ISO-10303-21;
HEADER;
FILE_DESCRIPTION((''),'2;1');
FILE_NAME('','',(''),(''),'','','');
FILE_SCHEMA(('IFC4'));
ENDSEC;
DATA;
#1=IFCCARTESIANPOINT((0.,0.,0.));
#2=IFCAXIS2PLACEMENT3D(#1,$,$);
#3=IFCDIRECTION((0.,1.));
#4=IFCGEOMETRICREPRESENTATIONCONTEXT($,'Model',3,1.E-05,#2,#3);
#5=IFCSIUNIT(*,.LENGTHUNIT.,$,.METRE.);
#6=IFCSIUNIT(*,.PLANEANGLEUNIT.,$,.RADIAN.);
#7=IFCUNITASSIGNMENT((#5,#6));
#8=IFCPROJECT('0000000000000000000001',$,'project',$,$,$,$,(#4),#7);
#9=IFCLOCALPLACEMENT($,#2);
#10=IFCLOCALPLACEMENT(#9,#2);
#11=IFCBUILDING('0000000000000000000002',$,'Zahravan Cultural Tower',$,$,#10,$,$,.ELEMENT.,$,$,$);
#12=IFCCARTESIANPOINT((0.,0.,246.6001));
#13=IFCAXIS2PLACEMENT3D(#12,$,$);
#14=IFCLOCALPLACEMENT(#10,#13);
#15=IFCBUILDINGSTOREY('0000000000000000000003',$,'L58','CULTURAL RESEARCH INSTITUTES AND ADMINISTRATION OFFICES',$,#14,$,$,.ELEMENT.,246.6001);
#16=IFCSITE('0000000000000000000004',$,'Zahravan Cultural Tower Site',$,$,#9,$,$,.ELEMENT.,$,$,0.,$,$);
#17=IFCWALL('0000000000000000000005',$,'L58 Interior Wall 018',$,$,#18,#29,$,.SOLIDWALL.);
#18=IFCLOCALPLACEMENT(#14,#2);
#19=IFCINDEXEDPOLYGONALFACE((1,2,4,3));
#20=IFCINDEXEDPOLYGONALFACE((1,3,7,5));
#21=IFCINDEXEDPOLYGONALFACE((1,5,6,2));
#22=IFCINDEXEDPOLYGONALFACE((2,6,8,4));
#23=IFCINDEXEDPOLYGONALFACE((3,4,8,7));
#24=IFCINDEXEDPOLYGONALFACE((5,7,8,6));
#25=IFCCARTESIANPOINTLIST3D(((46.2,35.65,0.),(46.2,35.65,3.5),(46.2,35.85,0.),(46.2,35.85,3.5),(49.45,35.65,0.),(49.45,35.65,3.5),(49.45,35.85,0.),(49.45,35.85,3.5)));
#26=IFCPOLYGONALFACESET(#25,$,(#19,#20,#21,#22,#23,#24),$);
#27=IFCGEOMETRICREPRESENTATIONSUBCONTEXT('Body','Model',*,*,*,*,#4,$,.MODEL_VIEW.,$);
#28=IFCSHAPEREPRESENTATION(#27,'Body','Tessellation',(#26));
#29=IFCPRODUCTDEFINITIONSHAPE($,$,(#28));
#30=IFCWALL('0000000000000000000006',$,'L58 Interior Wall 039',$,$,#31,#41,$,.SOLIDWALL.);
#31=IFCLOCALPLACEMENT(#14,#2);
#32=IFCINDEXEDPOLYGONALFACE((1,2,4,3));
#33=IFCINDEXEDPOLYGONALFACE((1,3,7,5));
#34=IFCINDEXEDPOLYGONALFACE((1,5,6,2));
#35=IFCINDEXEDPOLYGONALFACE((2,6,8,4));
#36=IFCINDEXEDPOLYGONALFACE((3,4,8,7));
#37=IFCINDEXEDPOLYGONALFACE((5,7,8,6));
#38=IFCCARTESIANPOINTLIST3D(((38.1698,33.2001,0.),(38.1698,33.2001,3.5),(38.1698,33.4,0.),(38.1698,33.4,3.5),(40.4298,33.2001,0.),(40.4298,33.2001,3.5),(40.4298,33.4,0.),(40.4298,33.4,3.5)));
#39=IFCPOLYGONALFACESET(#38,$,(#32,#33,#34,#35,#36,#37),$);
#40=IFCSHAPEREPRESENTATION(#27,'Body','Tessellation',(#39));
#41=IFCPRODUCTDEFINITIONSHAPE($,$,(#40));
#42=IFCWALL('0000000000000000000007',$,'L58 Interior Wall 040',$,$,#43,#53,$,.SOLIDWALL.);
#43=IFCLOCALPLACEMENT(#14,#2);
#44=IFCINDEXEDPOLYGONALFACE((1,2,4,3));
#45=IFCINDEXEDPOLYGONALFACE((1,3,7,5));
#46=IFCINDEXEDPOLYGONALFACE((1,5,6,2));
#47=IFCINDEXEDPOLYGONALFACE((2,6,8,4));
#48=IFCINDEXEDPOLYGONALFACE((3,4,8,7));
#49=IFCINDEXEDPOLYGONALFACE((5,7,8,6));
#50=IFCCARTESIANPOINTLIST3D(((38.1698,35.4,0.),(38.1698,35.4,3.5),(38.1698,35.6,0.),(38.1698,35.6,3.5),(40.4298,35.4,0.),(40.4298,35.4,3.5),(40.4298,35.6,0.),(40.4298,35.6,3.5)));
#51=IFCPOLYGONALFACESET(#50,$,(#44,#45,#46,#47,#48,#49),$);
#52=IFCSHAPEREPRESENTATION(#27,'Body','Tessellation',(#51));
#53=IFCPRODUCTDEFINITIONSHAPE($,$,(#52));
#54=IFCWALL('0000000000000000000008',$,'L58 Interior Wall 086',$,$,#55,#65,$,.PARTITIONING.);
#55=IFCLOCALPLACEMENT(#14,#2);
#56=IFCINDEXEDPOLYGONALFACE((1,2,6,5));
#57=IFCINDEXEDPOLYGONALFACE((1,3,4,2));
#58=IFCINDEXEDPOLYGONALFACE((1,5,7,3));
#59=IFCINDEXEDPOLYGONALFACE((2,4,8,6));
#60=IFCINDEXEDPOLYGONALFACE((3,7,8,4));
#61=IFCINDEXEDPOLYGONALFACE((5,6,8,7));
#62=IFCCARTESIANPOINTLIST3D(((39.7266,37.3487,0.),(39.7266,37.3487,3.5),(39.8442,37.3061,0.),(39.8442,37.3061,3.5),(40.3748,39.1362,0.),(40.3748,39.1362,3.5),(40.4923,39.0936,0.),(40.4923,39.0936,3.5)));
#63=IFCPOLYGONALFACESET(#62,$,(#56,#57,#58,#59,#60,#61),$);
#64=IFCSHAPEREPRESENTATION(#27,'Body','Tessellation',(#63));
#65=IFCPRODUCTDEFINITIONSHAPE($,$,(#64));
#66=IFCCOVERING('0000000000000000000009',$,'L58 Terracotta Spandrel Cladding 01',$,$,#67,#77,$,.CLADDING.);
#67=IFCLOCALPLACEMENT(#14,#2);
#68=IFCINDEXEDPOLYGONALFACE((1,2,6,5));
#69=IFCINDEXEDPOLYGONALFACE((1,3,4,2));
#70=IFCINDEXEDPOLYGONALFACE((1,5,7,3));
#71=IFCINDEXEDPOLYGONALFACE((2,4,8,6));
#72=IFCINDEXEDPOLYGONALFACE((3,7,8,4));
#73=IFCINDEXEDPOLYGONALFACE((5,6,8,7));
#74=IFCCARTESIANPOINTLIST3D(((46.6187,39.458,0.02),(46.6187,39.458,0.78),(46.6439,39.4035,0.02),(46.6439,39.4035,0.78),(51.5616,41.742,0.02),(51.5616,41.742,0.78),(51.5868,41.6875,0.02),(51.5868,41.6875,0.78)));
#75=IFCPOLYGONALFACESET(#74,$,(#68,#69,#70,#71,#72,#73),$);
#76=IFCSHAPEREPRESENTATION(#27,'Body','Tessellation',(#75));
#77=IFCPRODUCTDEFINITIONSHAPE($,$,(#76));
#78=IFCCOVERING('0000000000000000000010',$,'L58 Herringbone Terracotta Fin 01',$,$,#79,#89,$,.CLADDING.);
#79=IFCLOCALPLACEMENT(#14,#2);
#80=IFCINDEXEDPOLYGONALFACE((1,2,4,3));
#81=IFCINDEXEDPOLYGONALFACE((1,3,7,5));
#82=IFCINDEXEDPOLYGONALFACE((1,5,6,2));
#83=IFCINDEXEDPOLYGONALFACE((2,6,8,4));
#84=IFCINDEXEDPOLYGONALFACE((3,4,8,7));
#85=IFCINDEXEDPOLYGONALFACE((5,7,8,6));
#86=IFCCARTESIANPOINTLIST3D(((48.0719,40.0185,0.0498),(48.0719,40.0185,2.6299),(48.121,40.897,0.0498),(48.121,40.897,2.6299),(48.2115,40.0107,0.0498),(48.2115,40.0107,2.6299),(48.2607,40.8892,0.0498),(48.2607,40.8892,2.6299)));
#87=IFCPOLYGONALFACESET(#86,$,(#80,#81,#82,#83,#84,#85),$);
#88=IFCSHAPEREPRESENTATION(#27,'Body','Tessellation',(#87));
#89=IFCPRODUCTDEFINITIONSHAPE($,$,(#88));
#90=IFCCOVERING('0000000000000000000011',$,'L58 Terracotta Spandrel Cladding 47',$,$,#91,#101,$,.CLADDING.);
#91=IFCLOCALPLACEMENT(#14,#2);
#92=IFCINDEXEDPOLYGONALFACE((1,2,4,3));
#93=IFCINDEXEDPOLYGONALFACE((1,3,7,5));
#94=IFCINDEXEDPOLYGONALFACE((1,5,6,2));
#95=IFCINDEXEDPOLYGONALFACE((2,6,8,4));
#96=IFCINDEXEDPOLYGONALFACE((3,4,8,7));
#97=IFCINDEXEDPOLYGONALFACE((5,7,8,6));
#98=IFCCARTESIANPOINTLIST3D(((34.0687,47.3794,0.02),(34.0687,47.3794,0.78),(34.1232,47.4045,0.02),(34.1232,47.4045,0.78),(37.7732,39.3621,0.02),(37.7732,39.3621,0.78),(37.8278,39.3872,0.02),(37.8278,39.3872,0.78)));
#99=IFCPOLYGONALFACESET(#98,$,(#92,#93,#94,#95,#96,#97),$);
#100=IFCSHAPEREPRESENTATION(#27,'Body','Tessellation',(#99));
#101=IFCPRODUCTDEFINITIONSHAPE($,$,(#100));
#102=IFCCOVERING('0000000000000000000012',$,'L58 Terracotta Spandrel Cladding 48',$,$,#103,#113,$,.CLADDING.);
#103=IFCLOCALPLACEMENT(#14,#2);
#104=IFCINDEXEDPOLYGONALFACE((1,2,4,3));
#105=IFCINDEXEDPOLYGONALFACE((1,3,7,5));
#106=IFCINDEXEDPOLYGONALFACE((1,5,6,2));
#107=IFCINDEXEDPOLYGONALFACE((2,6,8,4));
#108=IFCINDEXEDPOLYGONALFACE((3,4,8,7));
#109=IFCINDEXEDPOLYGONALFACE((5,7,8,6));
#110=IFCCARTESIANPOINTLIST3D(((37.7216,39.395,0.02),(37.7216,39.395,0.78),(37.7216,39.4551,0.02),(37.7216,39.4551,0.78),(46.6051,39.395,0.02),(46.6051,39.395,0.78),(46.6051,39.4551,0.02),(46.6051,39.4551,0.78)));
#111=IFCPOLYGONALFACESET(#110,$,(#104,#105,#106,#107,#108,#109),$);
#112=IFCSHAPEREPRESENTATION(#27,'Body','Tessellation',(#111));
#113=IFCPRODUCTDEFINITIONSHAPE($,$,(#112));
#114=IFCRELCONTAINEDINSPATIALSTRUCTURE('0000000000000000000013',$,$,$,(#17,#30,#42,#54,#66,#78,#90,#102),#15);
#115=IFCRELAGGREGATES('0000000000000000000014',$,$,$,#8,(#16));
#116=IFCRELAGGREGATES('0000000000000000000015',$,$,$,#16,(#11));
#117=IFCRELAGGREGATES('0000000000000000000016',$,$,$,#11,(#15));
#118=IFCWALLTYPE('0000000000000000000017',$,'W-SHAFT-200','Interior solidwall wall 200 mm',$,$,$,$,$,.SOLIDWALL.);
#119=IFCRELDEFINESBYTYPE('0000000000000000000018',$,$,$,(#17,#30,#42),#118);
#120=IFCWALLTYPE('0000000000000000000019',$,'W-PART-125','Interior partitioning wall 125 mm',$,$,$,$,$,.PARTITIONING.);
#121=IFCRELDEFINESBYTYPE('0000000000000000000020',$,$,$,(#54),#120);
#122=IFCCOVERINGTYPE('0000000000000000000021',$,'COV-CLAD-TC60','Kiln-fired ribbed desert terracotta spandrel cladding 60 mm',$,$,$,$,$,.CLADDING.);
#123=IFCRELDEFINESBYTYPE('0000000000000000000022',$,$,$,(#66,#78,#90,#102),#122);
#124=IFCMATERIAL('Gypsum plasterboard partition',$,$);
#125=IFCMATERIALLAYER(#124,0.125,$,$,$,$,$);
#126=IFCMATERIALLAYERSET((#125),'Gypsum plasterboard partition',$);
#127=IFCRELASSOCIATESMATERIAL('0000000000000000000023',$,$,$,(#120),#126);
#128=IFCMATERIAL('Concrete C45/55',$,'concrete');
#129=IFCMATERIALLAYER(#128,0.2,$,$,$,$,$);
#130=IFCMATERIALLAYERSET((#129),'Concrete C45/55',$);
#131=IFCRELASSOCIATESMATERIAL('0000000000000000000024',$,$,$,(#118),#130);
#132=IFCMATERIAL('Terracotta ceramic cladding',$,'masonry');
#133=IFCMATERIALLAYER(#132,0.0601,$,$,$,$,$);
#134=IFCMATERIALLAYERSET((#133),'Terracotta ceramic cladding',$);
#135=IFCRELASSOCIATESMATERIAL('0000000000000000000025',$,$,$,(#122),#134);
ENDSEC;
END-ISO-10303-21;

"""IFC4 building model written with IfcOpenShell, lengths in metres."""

from ifc_helpers import new_model, si_unit, direction, frame, frame_2d, origin, origin_2d, place, context, subcontext, project, spatial, rectangle, extrude, source, transform, mapped, material, layer, layer_set, type_object, element, save


model = new_model("IFC4")

# Units and contexts
model_context = context("Model", 3, precision=1e-05, world=origin(), true_north=direction((0.0, 1.0)))
body_context = subcontext(model_context, "Body", "Model", "MODEL_VIEW")
ifc_project = project(units=[si_unit("LENGTHUNIT", "METRE"), si_unit("PLANEANGLEUNIT", "RADIAN")], contexts=[model_context])

# Site, building, storey
site_placement = place(None, origin())
site = spatial("IfcSite", under=ifc_project, at=site_placement, Name="Zahravan Cultural Tower Site", CompositionType="ELEMENT", RefElevation=0.0)
building_placement = place(site_placement, origin())
building = spatial("IfcBuilding", under=site, at=building_placement, Name="Zahravan Cultural Tower", CompositionType="ELEMENT")
storey_placement = place(building_placement, frame((0.0, 0.0, 246.6001)))
storey = spatial("IfcBuildingStorey", under=building, at=storey_placement, Name="L58", Description="CULTURAL RESEARCH INSTITUTES AND ADMINISTRATION OFFICES", CompositionType="ELEMENT", Elevation=246.6001)

# Shared definitions
ifc_material_1 = material(Name="Concrete C45/55", Category="concrete")

# Shared definitions
ifc_material_2 = material(Name="Gypsum plasterboard partition")
ifc_layer_1 = layer(ifc_material_2, 0.125)
ifc_layer_set_1 = layer_set([ifc_layer_1], Name="Gypsum plasterboard partition")
wall_type_1 = type_object("IfcWallType", Name="W-PART-125", Description="Interior partitioning wall 125 mm", PredefinedType="PARTITIONING", material=ifc_layer_set_1)
ifc_layer_2 = layer(ifc_material_1, 0.2)
ifc_layer_set_2 = layer_set([ifc_layer_2], Name="Concrete C45/55")
wall_type_2 = type_object("IfcWallType", Name="W-SHAFT-200", Description="Interior solidwall wall 200 mm", PredefinedType="SOLIDWALL", material=ifc_layer_set_2)

# Walls
shared_shape_1 = source(origin(), body_context, "Body", "SweptSolid", [
    extrude(rectangle(XDim=3.25, YDim=0.2, at=frame_2d((1.625, 0.0))), origin(), (0.0, 0.0, 1.0), 3.5),
])
wall_1_placement = place(storey_placement, frame((46.2, 35.75, 0.0), z_axis=(0.0, 0.0, 1.0), x_axis=(1.0, 0.0, 0.0)))
element("IfcWall", 1, at=wall_1_placement, inside=storey, type_object=wall_type_2, Name="L58 Interior Wall 018", PredefinedType="SOLIDWALL", context=body_context, shape_type="MappedRepresentation", body=[
    mapped(shared_shape_1, transform((0.0, 0.0, 0.0), x_axis=(1.0, 0.0, 0.0), y_axis=(0.0, 1.0, 0.0), z_axis=(0.0, 0.0, 1.0), scale=1.0)),
])
shared_shape_2 = source(origin(), body_context, "Body", "SweptSolid", [
    extrude(rectangle(XDim=2.26, YDim=0.2, at=frame_2d((1.1299, 0.0))), origin(), (0.0, 0.0, 1.0), 3.5),
])
for number, where, z_axis, x_axis, name in (
    (2, (38.1699, 33.3, 0.0), (0.0, 0.0, 1.0), (1.0, 0.0, 0.0), "L58 Interior Wall 039"),
    (3, (38.1699, 35.5, 0.0), (0.0, 0.0, 1.0), (1.0, 0.0, 0.0), "L58 Interior Wall 040"),
):
    element("IfcWall", number, at=place(storey_placement, frame(where, z_axis=z_axis, x_axis=x_axis)), inside=storey, type_object=wall_type_2, Name=name, PredefinedType="SOLIDWALL", context=body_context, shape_type="MappedRepresentation", body=[
        mapped(shared_shape_2, transform((0.0, 0.0, 0.0), x_axis=(1.0, 0.0, 0.0), y_axis=(0.0, 1.0, 0.0), z_axis=(0.0, 0.0, 1.0), scale=1.0)),
    ])
shared_shape_3 = source(origin(), body_context, "Body", "SweptSolid", [
    extrude(rectangle(XDim=1.9014, YDim=0.125, at=frame_2d((0.9507, 0.0))), origin(), (0.0, 0.0, 1.0), 3.5),
])
wall_2_placement = place(storey_placement, frame((39.7854, 37.3274, 0.0), z_axis=(0.0, 0.0, 1.0), x_axis=(0.340887, 0.940104, 0.0)))
element("IfcWall", 4, at=wall_2_placement, inside=storey, type_object=wall_type_1, Name="L58 Interior Wall 086", PredefinedType="PARTITIONING", context=body_context, shape_type="MappedRepresentation", body=[
    mapped(shared_shape_3, transform((0.0, 0.0, 0.0), x_axis=(1.0, 0.0, 0.0), y_axis=(0.0, 1.0, 0.0), z_axis=(0.0, 0.0, 1.0), scale=1.0)),
])

# Coverings
ifc_material_3 = material(Name="Terracotta ceramic cladding", Category="masonry")
ifc_layer_3 = layer(ifc_material_3, 0.0601)
ifc_layer_set_3 = layer_set([ifc_layer_3], Name="Terracotta ceramic cladding")
covering_type = type_object("IfcCoveringType", Name="COV-CLAD-TC60", Description="Kiln-fired ribbed desert terracotta spandrel cladding 60 mm", PredefinedType="CLADDING", material=ifc_layer_set_3)
shared_shape_4 = source(origin(), body_context, "Body", "SweptSolid", [
    extrude(rectangle(XDim=5.4451, YDim=0.0601, at=origin_2d()), origin(), (0.0, 0.0, 1.0), 0.76),
])
covering_1_placement = place(storey_placement, frame((49.1028, 40.5728, 0.02), z_axis=(0.0, 0.0, 1.0), x_axis=(0.907777, 0.419452, 0.0)))
element("IfcCovering", 5, at=covering_1_placement, inside=storey, type_object=covering_type, Name="L58 Terracotta Spandrel Cladding 01", PredefinedType="CLADDING", context=body_context, shape_type="MappedRepresentation", body=[
    mapped(shared_shape_4, transform((0.0, 0.0, 0.0), x_axis=(1.0, 0.0, 0.0), y_axis=(0.0, 1.0, 0.0), z_axis=(0.0, 0.0, 1.0), scale=1.0)),
])
shared_shape_5 = source(origin(), body_context, "Body", "SweptSolid", [
    extrude(rectangle(XDim=0.8799, YDim=0.1399, at=origin_2d()), origin(), (0.0, 0.0, 1.0), 2.5801),
])
covering_2_placement = place(storey_placement, frame((48.1663, 40.4539, 0.0498), z_axis=(0.0, 0.0, 1.0), x_axis=(0.055822, 0.998441, 0.0)))
element("IfcCovering", 6, at=covering_2_placement, inside=storey, type_object=covering_type, Name="L58 Herringbone Terracotta Fin 01", PredefinedType="CLADDING", context=body_context, shape_type="MappedRepresentation", body=[
    mapped(shared_shape_5, transform((0.0, 0.0, 0.0), x_axis=(1.0, 0.0, 0.0), y_axis=(0.0, 1.0, 0.0), z_axis=(0.0, 0.0, 1.0), scale=1.0)),
])
shared_shape_6 = source(origin(), body_context, "Body", "SweptSolid", [
    extrude(rectangle(XDim=8.8318, YDim=0.0601, at=origin_2d()), origin(), (0.0, 0.0, 1.0), 0.76),
])
covering_3_placement = place(storey_placement, frame((35.9482, 43.3833, 0.02), z_axis=(0.0, 0.0, 1.0), x_axis=(0.419452, -0.907777, 0.0)))
element("IfcCovering", 7, at=covering_3_placement, inside=storey, type_object=covering_type, Name="L58 Terracotta Spandrel Cladding 47", PredefinedType="CLADDING", context=body_context, shape_type="MappedRepresentation", body=[
    mapped(shared_shape_6, transform((0.0, 0.0, 0.0), x_axis=(1.0, 0.0, 0.0), y_axis=(0.0, 1.0, 0.0), z_axis=(0.0, 0.0, 1.0), scale=1.0)),
])
shared_shape_7 = source(origin(), body_context, "Body", "SweptSolid", [
    extrude(rectangle(XDim=8.8835, YDim=0.0601, at=origin_2d()), origin(), (0.0, 0.0, 1.0), 0.76),
])
covering_4_placement = place(storey_placement, frame((42.1633, 39.425, 0.02), z_axis=(0.0, 0.0, 1.0), x_axis=(1.0, 0.0, 0.0)))
element("IfcCovering", 8, at=covering_4_placement, inside=storey, type_object=covering_type, Name="L58 Terracotta Spandrel Cladding 48", PredefinedType="CLADDING", context=body_context, shape_type="MappedRepresentation", body=[
    mapped(shared_shape_7, transform((0.0, 0.0, 0.0), x_axis=(1.0, 0.0, 0.0), y_axis=(0.0, 1.0, 0.0), z_axis=(0.0, 0.0, 1.0), scale=1.0)),
])

save(model, "model.ifc")
